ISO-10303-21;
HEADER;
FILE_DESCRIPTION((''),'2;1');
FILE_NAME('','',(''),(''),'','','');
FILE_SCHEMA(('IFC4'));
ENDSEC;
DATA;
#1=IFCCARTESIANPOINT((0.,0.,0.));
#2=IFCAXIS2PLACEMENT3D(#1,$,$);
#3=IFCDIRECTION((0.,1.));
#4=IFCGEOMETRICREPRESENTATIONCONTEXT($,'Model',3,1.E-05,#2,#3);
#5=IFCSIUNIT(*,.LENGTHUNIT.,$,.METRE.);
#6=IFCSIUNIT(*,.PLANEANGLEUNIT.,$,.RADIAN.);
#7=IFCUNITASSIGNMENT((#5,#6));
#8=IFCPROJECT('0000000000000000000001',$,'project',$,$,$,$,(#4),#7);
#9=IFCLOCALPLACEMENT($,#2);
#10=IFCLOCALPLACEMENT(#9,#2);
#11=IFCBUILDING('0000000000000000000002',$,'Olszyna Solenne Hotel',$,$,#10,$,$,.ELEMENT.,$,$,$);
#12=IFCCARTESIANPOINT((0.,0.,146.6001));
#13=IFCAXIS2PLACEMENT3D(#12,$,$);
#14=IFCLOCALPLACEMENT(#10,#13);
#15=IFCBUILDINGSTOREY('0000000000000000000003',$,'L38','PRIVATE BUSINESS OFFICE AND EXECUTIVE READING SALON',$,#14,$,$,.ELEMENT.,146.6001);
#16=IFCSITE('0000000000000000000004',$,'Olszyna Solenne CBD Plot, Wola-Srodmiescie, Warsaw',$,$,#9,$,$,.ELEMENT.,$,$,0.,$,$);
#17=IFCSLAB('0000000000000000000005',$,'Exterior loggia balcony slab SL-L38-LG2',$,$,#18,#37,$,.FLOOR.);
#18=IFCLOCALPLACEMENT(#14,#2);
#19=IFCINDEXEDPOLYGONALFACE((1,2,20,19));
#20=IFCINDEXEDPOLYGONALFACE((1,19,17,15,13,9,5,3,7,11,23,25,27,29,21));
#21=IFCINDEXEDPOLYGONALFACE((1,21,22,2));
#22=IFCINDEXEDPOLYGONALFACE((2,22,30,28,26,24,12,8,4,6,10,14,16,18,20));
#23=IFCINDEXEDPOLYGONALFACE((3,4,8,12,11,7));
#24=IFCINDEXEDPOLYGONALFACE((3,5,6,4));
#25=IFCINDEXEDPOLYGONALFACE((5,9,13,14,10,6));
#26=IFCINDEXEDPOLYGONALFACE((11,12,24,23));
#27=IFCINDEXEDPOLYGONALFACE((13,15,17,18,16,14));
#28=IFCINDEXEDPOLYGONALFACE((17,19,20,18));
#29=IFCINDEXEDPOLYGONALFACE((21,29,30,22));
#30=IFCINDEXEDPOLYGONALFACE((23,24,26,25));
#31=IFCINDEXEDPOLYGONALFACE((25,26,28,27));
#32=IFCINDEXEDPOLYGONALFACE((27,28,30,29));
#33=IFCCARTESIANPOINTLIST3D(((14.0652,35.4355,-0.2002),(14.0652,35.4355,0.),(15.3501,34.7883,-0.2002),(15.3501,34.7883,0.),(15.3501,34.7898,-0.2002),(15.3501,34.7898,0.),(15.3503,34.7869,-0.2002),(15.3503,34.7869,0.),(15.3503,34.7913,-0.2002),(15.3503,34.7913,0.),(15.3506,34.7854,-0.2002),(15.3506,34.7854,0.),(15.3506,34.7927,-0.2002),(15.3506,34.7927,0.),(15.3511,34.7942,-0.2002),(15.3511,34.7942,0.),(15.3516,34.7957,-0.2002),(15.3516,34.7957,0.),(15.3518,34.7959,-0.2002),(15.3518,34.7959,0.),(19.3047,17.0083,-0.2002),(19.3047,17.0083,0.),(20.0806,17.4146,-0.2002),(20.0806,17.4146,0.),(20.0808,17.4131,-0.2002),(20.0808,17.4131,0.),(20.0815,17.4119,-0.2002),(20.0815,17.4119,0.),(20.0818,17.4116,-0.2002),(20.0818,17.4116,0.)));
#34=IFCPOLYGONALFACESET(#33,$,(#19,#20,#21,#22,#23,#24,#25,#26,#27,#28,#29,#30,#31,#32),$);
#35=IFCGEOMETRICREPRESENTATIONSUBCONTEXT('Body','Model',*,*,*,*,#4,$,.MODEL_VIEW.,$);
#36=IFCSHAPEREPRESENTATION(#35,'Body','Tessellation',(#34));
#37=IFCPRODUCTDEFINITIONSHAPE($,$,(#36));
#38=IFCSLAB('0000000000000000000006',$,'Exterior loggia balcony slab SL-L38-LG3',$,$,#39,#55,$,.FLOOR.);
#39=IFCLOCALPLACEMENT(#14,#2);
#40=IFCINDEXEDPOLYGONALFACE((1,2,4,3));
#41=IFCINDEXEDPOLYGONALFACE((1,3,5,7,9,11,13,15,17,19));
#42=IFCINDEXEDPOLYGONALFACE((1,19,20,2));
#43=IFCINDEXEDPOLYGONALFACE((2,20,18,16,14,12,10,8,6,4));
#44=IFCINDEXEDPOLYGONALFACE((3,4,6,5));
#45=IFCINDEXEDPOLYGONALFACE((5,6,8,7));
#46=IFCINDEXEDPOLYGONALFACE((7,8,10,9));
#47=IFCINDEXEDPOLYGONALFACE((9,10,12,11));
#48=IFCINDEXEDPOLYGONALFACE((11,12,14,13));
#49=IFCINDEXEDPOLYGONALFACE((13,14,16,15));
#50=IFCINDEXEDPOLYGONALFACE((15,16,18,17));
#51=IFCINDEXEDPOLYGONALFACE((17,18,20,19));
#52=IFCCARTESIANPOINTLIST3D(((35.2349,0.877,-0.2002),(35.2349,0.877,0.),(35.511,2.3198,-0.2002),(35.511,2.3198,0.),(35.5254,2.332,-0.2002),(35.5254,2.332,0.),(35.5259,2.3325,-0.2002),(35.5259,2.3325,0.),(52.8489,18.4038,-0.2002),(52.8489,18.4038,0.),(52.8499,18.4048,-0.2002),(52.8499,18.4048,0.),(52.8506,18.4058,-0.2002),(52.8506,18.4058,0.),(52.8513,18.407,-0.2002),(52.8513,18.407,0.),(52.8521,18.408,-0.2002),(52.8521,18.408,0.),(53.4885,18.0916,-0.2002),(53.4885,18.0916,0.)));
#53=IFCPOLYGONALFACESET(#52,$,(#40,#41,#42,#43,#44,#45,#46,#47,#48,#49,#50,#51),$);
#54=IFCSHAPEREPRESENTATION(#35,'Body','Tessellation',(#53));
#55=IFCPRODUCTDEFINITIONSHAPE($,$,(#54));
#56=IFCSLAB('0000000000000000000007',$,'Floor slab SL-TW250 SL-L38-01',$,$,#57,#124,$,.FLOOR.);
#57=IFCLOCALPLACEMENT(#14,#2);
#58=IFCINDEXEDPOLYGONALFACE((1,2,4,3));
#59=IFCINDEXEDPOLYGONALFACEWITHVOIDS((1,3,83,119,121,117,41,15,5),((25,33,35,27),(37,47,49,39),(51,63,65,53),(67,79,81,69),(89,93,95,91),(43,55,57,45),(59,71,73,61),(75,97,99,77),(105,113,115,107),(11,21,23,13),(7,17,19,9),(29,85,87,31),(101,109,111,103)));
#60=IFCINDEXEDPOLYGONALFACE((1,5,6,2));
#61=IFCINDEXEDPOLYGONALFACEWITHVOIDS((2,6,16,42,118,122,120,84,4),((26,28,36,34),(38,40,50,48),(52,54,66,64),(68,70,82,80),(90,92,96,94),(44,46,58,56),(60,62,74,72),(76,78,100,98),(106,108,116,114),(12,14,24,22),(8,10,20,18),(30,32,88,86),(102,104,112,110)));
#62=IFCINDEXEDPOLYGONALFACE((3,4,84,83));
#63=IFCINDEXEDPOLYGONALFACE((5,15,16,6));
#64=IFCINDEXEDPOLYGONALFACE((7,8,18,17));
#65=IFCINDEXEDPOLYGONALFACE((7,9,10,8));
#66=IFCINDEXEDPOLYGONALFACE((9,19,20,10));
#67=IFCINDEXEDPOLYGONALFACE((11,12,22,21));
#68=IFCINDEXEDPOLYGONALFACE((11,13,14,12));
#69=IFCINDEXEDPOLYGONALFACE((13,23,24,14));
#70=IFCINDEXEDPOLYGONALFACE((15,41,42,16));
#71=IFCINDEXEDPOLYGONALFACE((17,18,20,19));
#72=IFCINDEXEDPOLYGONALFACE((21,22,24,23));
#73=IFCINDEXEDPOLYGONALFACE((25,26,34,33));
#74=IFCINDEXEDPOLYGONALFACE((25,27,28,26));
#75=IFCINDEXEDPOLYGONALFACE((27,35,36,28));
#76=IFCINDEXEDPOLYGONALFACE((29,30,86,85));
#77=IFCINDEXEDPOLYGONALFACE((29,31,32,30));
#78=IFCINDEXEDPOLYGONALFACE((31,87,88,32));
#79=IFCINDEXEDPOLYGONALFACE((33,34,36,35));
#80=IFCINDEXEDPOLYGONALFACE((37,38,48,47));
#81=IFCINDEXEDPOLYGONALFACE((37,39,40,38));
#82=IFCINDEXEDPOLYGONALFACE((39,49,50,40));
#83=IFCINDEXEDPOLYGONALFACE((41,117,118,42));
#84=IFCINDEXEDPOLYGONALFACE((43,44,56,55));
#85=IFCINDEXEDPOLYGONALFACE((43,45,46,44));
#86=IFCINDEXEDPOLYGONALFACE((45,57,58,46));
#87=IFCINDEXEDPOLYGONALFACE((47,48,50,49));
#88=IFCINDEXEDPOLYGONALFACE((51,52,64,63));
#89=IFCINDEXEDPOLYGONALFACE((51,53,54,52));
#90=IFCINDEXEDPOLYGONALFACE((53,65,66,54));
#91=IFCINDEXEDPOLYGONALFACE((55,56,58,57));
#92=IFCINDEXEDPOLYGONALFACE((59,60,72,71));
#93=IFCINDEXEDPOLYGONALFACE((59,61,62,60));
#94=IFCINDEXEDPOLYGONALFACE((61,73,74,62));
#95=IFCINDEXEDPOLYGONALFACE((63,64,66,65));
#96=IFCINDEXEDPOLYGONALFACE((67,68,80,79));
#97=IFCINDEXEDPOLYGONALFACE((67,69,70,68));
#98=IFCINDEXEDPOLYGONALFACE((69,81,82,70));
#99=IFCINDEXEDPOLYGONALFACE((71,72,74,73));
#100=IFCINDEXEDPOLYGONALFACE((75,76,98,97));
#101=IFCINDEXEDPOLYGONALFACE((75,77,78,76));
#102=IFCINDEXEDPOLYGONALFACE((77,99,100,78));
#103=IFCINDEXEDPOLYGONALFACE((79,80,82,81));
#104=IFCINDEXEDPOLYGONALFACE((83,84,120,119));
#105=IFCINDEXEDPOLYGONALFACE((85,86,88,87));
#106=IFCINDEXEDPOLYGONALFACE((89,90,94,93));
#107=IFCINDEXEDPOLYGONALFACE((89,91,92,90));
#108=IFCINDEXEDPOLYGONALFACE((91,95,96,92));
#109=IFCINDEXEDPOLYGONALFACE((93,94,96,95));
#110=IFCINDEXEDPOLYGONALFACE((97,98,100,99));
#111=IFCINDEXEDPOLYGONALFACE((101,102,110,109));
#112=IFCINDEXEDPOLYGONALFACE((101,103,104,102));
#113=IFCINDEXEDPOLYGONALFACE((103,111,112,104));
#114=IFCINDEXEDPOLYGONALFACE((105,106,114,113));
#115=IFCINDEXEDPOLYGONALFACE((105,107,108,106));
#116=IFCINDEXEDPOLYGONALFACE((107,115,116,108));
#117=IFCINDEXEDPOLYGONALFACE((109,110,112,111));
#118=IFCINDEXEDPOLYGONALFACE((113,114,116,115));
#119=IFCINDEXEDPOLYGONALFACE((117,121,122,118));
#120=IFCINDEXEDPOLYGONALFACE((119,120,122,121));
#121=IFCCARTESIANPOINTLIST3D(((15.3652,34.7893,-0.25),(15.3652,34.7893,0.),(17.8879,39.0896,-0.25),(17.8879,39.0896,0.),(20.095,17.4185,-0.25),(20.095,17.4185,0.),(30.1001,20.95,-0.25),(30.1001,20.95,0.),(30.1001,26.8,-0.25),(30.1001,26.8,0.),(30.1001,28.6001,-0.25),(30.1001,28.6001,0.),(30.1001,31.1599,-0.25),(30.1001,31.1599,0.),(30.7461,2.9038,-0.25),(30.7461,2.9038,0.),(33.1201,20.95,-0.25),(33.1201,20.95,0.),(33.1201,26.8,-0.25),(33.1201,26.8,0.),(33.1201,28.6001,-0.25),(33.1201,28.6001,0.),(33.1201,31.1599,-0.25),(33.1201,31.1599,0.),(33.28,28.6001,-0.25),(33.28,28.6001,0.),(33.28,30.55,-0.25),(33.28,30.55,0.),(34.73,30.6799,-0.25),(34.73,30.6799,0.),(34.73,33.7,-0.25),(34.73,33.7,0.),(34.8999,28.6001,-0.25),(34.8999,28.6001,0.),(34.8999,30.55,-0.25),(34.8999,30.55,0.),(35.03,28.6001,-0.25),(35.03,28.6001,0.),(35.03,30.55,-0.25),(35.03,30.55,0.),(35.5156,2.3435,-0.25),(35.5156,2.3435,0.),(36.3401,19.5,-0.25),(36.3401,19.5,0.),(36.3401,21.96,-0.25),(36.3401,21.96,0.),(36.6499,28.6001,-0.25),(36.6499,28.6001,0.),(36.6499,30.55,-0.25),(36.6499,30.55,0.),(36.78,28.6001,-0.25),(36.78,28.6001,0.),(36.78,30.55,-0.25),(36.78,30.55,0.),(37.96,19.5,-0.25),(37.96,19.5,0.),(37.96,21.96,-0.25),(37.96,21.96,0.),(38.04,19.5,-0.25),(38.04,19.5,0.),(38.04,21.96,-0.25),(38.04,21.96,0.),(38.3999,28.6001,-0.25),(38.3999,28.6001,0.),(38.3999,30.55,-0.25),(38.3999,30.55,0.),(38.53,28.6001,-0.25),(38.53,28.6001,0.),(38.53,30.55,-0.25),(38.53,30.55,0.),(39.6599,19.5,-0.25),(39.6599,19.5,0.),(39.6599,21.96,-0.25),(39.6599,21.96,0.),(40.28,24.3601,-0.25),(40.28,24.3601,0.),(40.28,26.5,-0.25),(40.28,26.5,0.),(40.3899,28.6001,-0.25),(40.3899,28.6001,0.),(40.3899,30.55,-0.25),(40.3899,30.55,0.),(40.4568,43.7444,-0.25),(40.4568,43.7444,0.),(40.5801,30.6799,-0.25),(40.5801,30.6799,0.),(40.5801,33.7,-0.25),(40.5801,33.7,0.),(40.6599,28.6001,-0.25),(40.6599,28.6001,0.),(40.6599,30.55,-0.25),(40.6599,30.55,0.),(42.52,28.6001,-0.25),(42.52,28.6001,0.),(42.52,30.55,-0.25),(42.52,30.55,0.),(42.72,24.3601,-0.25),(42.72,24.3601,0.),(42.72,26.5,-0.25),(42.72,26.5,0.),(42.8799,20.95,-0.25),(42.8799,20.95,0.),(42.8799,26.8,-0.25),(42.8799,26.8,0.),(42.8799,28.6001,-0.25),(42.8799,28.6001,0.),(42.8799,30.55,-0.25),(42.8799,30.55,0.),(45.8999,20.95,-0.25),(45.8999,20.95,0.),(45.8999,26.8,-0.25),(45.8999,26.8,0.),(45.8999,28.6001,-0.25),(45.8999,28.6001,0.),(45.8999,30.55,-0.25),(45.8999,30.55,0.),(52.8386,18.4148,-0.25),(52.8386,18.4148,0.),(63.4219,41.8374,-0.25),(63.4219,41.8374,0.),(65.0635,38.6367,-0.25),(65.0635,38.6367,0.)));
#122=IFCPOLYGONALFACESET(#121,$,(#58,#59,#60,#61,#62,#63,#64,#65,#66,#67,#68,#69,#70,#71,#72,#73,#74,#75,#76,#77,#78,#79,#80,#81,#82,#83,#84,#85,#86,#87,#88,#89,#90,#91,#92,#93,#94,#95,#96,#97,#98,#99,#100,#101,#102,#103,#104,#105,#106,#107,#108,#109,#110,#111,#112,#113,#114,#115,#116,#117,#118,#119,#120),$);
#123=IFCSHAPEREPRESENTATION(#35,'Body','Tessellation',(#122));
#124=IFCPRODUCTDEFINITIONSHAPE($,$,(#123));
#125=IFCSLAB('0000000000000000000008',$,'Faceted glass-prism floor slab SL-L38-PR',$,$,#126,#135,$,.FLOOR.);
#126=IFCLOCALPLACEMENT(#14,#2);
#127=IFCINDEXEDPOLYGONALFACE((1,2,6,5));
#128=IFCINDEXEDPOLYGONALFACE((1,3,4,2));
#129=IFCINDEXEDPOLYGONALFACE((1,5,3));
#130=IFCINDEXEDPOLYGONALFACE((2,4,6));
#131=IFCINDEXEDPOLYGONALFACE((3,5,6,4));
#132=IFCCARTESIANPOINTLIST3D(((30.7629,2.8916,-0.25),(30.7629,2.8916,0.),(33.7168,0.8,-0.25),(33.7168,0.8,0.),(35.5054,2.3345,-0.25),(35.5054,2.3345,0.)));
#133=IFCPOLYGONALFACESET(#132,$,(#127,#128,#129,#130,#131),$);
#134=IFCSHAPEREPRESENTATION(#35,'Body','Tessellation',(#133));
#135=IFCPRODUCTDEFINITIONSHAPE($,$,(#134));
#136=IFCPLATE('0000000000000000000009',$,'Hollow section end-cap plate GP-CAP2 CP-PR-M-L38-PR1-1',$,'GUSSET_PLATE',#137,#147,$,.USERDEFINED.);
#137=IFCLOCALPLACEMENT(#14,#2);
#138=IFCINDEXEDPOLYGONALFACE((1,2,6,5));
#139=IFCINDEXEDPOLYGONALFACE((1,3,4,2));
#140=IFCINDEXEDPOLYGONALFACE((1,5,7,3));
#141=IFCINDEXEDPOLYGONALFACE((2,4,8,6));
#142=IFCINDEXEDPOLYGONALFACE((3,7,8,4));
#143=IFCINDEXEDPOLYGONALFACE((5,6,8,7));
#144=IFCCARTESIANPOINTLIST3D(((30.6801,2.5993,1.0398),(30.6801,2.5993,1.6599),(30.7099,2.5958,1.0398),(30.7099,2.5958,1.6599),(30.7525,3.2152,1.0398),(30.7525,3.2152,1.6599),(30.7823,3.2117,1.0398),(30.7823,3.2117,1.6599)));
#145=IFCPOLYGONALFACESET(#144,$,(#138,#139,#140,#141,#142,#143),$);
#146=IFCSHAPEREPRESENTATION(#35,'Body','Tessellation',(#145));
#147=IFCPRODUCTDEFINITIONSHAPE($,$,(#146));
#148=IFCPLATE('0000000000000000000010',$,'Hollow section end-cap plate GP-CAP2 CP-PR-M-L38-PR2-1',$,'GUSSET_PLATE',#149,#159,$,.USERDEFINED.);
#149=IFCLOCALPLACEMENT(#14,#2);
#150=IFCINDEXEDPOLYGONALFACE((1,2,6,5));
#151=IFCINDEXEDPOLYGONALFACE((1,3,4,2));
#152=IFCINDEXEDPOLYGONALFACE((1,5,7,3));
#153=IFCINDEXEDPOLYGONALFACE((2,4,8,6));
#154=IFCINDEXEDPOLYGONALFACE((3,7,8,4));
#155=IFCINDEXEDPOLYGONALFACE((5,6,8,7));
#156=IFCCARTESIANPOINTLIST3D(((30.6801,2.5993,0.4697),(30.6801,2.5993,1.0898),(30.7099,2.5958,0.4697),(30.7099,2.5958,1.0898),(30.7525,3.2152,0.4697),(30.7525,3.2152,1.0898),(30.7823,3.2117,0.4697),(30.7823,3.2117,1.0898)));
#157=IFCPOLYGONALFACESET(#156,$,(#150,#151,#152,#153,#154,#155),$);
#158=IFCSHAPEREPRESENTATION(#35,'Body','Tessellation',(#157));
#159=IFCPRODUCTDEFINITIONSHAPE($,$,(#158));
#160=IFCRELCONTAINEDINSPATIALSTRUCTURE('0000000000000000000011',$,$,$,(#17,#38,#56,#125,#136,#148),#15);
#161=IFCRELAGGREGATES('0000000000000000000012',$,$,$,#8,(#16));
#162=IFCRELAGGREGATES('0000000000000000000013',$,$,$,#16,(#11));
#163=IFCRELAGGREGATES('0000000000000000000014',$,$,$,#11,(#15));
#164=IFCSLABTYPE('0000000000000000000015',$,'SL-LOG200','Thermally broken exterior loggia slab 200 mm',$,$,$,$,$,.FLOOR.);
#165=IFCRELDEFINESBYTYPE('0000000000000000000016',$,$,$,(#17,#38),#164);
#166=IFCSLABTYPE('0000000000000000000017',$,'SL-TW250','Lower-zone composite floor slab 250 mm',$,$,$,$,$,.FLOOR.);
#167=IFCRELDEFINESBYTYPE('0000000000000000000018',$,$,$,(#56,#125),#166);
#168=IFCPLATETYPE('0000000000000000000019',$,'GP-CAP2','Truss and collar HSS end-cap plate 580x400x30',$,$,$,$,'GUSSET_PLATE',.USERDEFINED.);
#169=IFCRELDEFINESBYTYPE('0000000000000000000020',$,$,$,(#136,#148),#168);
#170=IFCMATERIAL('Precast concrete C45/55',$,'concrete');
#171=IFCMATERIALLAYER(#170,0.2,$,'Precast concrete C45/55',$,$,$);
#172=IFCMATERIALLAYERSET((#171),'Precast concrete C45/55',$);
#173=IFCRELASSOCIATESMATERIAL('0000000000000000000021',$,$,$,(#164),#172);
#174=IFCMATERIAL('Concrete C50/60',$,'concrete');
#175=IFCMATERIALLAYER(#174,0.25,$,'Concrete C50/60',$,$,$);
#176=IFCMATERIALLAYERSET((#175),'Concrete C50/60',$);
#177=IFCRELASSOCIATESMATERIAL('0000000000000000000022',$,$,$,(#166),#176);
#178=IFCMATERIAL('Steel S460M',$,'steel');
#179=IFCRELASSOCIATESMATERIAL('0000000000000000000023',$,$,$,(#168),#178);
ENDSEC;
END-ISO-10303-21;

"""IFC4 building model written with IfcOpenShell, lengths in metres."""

from ifc_helpers import new_model, si_unit, direction, frame, origin, origin_2d, place, context, subcontext, project, spatial, polyline, rectangle, outline, extrude, source, transform, mapped, material, layer, layer_set, type_object, element, save


model = new_model("IFC4")

# Units and contexts
model_context = context("Model", 3, precision=1e-05, world=origin(), true_north=direction((0.0, 1.0)))
body_context = subcontext(model_context, "Body", "Model", "MODEL_VIEW")
ifc_project = project(units=[si_unit("LENGTHUNIT", "METRE"), si_unit("PLANEANGLEUNIT", "RADIAN")], contexts=[model_context])

# Site, building, storey
site_placement = place(None, origin())
site = spatial("IfcSite", under=ifc_project, at=site_placement, Name="Olszyna Solenne CBD Plot, Wola-Srodmiescie, Warsaw", CompositionType="ELEMENT", RefElevation=0.0)
building_placement = place(site_placement, origin())
building = spatial("IfcBuilding", under=site, at=building_placement, Name="Olszyna Solenne Hotel", CompositionType="ELEMENT")
storey_placement = place(building_placement, frame((0.0, 0.0, 146.6001)))
storey = spatial("IfcBuildingStorey", under=building, at=storey_placement, Name="L38", Description="PRIVATE BUSINESS OFFICE AND EXECUTIVE READING SALON", CompositionType="ELEMENT", Elevation=146.6001)

# Shared definitions
ifc_material_1 = material(Name="Steel S460M", Category="steel")

# Slabs
ifc_material_2 = material(Name="Precast concrete C45/55", Category="concrete")
ifc_layer_1 = layer(ifc_material_2, 0.2, Name="Precast concrete C45/55")
ifc_layer_set_1 = layer_set([ifc_layer_1], Name="Precast concrete C45/55")
slab_type_1 = type_object("IfcSlabType", Name="SL-LOG200", Description="Thermally broken exterior loggia slab 200 mm", PredefinedType="FLOOR", material=ifc_layer_set_1)
slab_1_placement = place(storey_placement, frame((0.0, 0.0, -0.2002)))
element("IfcSlab", 1, at=slab_1_placement, inside=storey, type_object=slab_type_1, Name="Exterior loggia balcony slab SL-L38-LG2", PredefinedType="FLOOR", context=body_context, shape_type="SweptSolid", body=[
    extrude(outline(polyline([(20.0818, 17.4116), (20.0815, 17.4119), (20.0808, 17.4131), (20.0806, 17.4146), (15.3506, 34.7854), (15.3503, 34.7869), (15.3501, 34.7883), (15.3501, 34.7898), (15.3503, 34.7913), (15.3506, 34.7927), (15.3511, 34.7942), (15.3516, 34.7957), (15.3518, 34.7959), (14.0652, 35.4355), (19.3047, 17.0083), (20.0818, 17.4116)])), origin(), (0.0, 0.0, 1.0), 0.2002),
])
slab_2_placement = place(storey_placement, frame((0.0, 0.0, -0.2002)))
element("IfcSlab", 2, at=slab_2_placement, inside=storey, type_object=slab_type_1, Name="Exterior loggia balcony slab SL-L38-LG3", PredefinedType="FLOOR", context=body_context, shape_type="SweptSolid", body=[
    extrude(outline(polyline([(52.8521, 18.408), (52.8513, 18.407), (52.8506, 18.4058), (52.8499, 18.4048), (52.8489, 18.4038), (35.5259, 2.3325), (35.5254, 2.332), (35.511, 2.3198), (35.2349, 0.877), (53.4885, 18.0916), (52.8521, 18.408)])), origin(), (0.0, 0.0, 1.0), 0.2002),
])
ifc_material_3 = material(Name="Concrete C50/60", Category="concrete")
ifc_layer_2 = layer(ifc_material_3, 0.25, Name="Concrete C50/60")
ifc_layer_set_2 = layer_set([ifc_layer_2], Name="Concrete C50/60")
slab_type_2 = type_object("IfcSlabType", Name="SL-TW250", Description="Lower-zone composite floor slab 250 mm", PredefinedType="FLOOR", material=ifc_layer_set_2)
slab_3_placement = place(storey_placement, frame((0.0, 0.0, -0.25)))
element("IfcSlab", 3, at=slab_3_placement, inside=storey, type_object=slab_type_2, Name="Floor slab SL-TW250 SL-L38-01", PredefinedType="FLOOR", context=body_context, shape_type="SweptSolid", body=[
    extrude(outline(polyline([(65.0635, 38.6367), (63.4219, 41.8374), (40.4568, 43.7444), (17.8879, 39.0896), (15.3652, 34.7893), (20.095, 17.4185), (30.7461, 2.9038), (35.5156, 2.3435), (52.8386, 18.4148), (65.0635, 38.6367)]), holes=[polyline([(30.1001, 20.95), (33.1201, 20.95), (33.1201, 26.8), (30.1001, 26.8), (30.1001, 20.95)]), polyline([(42.8799, 20.95), (45.8999, 20.95), (45.8999, 26.8), (42.8799, 26.8), (42.8799, 20.95)]), polyline([(34.73, 30.6799), (40.5801, 30.6799), (40.5801, 33.7), (34.73, 33.7), (34.73, 30.6799)]), polyline([(36.3401, 19.5), (37.96, 19.5), (37.96, 21.96), (36.3401, 21.96), (36.3401, 19.5)]), polyline([(38.04, 19.5), (39.6599, 19.5), (39.6599, 21.96), (38.04, 21.96), (38.04, 19.5)]), polyline([(30.1001, 28.6001), (33.1201, 28.6001), (33.1201, 31.1599), (30.1001, 31.1599), (30.1001, 28.6001)]), polyline([(40.28, 24.3601), (42.72, 24.3601), (42.72, 26.5), (40.28, 26.5), (40.28, 24.3601)]), polyline([(33.28, 28.6001), (34.8999, 28.6001), (34.8999, 30.55), (33.28, 30.55), (33.28, 28.6001)]), polyline([(35.03, 28.6001), (36.6499, 28.6001), (36.6499, 30.55), (35.03, 30.55), (35.03, 28.6001)]), polyline([(36.78, 28.6001), (38.3999, 28.6001), (38.3999, 30.55), (36.78, 30.55), (36.78, 28.6001)]), polyline([(38.53, 28.6001), (40.3899, 28.6001), (40.3899, 30.55), (38.53, 30.55), (38.53, 28.6001)]), polyline([(40.6599, 28.6001), (42.52, 28.6001), (42.52, 30.55), (40.6599, 30.55), (40.6599, 28.6001)]), polyline([(42.8799, 28.6001), (45.8999, 28.6001), (45.8999, 30.55), (42.8799, 30.55), (42.8799, 28.6001)])]), origin(), (0.0, 0.0, 1.0), 0.25),
])
slab_4_placement = place(storey_placement, frame((0.0, 0.0, -0.25)))
element("IfcSlab", 4, at=slab_4_placement, inside=storey, type_object=slab_type_2, Name="Faceted glass-prism floor slab SL-L38-PR", PredefinedType="FLOOR", context=body_context, shape_type="SweptSolid", body=[
    extrude(outline(polyline([(35.5054, 2.3345), (30.7629, 2.8916), (33.7168, 0.8), (35.5054, 2.3345)])), origin(), (0.0, 0.0, 1.0), 0.25),
])

# Plates
plate_type = type_object("IfcPlateType", Name="GP-CAP2", Description="Truss and collar HSS end-cap plate 580x400x30", ElementType="GUSSET_PLATE", PredefinedType="USERDEFINED", material=ifc_material_1)
shared_shape_1 = source(origin(), body_context, "Body", "SweptSolid", [
    extrude(rectangle(XDim=0.03, YDim=0.6201, at=origin_2d()), origin(), (0.0, 0.0, 1.0), 0.6201),
])
for number, where, z_axis, x_axis, name in (
    (5, (30.7312, 2.9055, 1.0398), (0.0, 0.0, 1.0), (0.993171, -0.116671, 0.0), "Hollow section end-cap plate GP-CAP2 CP-PR-M-L38-PR1-1"),
    (6, (30.7312, 2.9055, 0.4697), (0.0, 0.0, 1.0), (0.993171, -0.116671, 0.0), "Hollow section end-cap plate GP-CAP2 CP-PR-M-L38-PR2-1"),
):
    element("IfcPlate", number, at=place(storey_placement, frame(where, z_axis=z_axis, x_axis=x_axis)), inside=storey, type_object=plate_type, Name=name, ObjectType="GUSSET_PLATE", PredefinedType="USERDEFINED", context=body_context, shape_type="MappedRepresentation", body=[
        mapped(shared_shape_1, transform((0.0, 0.0, 0.0), x_axis=(1.0, 0.0, 0.0), y_axis=(0.0, 1.0, 0.0), z_axis=(0.0, 0.0, 1.0), scale=1.0)),
    ])

save(model, "model.ifc")
